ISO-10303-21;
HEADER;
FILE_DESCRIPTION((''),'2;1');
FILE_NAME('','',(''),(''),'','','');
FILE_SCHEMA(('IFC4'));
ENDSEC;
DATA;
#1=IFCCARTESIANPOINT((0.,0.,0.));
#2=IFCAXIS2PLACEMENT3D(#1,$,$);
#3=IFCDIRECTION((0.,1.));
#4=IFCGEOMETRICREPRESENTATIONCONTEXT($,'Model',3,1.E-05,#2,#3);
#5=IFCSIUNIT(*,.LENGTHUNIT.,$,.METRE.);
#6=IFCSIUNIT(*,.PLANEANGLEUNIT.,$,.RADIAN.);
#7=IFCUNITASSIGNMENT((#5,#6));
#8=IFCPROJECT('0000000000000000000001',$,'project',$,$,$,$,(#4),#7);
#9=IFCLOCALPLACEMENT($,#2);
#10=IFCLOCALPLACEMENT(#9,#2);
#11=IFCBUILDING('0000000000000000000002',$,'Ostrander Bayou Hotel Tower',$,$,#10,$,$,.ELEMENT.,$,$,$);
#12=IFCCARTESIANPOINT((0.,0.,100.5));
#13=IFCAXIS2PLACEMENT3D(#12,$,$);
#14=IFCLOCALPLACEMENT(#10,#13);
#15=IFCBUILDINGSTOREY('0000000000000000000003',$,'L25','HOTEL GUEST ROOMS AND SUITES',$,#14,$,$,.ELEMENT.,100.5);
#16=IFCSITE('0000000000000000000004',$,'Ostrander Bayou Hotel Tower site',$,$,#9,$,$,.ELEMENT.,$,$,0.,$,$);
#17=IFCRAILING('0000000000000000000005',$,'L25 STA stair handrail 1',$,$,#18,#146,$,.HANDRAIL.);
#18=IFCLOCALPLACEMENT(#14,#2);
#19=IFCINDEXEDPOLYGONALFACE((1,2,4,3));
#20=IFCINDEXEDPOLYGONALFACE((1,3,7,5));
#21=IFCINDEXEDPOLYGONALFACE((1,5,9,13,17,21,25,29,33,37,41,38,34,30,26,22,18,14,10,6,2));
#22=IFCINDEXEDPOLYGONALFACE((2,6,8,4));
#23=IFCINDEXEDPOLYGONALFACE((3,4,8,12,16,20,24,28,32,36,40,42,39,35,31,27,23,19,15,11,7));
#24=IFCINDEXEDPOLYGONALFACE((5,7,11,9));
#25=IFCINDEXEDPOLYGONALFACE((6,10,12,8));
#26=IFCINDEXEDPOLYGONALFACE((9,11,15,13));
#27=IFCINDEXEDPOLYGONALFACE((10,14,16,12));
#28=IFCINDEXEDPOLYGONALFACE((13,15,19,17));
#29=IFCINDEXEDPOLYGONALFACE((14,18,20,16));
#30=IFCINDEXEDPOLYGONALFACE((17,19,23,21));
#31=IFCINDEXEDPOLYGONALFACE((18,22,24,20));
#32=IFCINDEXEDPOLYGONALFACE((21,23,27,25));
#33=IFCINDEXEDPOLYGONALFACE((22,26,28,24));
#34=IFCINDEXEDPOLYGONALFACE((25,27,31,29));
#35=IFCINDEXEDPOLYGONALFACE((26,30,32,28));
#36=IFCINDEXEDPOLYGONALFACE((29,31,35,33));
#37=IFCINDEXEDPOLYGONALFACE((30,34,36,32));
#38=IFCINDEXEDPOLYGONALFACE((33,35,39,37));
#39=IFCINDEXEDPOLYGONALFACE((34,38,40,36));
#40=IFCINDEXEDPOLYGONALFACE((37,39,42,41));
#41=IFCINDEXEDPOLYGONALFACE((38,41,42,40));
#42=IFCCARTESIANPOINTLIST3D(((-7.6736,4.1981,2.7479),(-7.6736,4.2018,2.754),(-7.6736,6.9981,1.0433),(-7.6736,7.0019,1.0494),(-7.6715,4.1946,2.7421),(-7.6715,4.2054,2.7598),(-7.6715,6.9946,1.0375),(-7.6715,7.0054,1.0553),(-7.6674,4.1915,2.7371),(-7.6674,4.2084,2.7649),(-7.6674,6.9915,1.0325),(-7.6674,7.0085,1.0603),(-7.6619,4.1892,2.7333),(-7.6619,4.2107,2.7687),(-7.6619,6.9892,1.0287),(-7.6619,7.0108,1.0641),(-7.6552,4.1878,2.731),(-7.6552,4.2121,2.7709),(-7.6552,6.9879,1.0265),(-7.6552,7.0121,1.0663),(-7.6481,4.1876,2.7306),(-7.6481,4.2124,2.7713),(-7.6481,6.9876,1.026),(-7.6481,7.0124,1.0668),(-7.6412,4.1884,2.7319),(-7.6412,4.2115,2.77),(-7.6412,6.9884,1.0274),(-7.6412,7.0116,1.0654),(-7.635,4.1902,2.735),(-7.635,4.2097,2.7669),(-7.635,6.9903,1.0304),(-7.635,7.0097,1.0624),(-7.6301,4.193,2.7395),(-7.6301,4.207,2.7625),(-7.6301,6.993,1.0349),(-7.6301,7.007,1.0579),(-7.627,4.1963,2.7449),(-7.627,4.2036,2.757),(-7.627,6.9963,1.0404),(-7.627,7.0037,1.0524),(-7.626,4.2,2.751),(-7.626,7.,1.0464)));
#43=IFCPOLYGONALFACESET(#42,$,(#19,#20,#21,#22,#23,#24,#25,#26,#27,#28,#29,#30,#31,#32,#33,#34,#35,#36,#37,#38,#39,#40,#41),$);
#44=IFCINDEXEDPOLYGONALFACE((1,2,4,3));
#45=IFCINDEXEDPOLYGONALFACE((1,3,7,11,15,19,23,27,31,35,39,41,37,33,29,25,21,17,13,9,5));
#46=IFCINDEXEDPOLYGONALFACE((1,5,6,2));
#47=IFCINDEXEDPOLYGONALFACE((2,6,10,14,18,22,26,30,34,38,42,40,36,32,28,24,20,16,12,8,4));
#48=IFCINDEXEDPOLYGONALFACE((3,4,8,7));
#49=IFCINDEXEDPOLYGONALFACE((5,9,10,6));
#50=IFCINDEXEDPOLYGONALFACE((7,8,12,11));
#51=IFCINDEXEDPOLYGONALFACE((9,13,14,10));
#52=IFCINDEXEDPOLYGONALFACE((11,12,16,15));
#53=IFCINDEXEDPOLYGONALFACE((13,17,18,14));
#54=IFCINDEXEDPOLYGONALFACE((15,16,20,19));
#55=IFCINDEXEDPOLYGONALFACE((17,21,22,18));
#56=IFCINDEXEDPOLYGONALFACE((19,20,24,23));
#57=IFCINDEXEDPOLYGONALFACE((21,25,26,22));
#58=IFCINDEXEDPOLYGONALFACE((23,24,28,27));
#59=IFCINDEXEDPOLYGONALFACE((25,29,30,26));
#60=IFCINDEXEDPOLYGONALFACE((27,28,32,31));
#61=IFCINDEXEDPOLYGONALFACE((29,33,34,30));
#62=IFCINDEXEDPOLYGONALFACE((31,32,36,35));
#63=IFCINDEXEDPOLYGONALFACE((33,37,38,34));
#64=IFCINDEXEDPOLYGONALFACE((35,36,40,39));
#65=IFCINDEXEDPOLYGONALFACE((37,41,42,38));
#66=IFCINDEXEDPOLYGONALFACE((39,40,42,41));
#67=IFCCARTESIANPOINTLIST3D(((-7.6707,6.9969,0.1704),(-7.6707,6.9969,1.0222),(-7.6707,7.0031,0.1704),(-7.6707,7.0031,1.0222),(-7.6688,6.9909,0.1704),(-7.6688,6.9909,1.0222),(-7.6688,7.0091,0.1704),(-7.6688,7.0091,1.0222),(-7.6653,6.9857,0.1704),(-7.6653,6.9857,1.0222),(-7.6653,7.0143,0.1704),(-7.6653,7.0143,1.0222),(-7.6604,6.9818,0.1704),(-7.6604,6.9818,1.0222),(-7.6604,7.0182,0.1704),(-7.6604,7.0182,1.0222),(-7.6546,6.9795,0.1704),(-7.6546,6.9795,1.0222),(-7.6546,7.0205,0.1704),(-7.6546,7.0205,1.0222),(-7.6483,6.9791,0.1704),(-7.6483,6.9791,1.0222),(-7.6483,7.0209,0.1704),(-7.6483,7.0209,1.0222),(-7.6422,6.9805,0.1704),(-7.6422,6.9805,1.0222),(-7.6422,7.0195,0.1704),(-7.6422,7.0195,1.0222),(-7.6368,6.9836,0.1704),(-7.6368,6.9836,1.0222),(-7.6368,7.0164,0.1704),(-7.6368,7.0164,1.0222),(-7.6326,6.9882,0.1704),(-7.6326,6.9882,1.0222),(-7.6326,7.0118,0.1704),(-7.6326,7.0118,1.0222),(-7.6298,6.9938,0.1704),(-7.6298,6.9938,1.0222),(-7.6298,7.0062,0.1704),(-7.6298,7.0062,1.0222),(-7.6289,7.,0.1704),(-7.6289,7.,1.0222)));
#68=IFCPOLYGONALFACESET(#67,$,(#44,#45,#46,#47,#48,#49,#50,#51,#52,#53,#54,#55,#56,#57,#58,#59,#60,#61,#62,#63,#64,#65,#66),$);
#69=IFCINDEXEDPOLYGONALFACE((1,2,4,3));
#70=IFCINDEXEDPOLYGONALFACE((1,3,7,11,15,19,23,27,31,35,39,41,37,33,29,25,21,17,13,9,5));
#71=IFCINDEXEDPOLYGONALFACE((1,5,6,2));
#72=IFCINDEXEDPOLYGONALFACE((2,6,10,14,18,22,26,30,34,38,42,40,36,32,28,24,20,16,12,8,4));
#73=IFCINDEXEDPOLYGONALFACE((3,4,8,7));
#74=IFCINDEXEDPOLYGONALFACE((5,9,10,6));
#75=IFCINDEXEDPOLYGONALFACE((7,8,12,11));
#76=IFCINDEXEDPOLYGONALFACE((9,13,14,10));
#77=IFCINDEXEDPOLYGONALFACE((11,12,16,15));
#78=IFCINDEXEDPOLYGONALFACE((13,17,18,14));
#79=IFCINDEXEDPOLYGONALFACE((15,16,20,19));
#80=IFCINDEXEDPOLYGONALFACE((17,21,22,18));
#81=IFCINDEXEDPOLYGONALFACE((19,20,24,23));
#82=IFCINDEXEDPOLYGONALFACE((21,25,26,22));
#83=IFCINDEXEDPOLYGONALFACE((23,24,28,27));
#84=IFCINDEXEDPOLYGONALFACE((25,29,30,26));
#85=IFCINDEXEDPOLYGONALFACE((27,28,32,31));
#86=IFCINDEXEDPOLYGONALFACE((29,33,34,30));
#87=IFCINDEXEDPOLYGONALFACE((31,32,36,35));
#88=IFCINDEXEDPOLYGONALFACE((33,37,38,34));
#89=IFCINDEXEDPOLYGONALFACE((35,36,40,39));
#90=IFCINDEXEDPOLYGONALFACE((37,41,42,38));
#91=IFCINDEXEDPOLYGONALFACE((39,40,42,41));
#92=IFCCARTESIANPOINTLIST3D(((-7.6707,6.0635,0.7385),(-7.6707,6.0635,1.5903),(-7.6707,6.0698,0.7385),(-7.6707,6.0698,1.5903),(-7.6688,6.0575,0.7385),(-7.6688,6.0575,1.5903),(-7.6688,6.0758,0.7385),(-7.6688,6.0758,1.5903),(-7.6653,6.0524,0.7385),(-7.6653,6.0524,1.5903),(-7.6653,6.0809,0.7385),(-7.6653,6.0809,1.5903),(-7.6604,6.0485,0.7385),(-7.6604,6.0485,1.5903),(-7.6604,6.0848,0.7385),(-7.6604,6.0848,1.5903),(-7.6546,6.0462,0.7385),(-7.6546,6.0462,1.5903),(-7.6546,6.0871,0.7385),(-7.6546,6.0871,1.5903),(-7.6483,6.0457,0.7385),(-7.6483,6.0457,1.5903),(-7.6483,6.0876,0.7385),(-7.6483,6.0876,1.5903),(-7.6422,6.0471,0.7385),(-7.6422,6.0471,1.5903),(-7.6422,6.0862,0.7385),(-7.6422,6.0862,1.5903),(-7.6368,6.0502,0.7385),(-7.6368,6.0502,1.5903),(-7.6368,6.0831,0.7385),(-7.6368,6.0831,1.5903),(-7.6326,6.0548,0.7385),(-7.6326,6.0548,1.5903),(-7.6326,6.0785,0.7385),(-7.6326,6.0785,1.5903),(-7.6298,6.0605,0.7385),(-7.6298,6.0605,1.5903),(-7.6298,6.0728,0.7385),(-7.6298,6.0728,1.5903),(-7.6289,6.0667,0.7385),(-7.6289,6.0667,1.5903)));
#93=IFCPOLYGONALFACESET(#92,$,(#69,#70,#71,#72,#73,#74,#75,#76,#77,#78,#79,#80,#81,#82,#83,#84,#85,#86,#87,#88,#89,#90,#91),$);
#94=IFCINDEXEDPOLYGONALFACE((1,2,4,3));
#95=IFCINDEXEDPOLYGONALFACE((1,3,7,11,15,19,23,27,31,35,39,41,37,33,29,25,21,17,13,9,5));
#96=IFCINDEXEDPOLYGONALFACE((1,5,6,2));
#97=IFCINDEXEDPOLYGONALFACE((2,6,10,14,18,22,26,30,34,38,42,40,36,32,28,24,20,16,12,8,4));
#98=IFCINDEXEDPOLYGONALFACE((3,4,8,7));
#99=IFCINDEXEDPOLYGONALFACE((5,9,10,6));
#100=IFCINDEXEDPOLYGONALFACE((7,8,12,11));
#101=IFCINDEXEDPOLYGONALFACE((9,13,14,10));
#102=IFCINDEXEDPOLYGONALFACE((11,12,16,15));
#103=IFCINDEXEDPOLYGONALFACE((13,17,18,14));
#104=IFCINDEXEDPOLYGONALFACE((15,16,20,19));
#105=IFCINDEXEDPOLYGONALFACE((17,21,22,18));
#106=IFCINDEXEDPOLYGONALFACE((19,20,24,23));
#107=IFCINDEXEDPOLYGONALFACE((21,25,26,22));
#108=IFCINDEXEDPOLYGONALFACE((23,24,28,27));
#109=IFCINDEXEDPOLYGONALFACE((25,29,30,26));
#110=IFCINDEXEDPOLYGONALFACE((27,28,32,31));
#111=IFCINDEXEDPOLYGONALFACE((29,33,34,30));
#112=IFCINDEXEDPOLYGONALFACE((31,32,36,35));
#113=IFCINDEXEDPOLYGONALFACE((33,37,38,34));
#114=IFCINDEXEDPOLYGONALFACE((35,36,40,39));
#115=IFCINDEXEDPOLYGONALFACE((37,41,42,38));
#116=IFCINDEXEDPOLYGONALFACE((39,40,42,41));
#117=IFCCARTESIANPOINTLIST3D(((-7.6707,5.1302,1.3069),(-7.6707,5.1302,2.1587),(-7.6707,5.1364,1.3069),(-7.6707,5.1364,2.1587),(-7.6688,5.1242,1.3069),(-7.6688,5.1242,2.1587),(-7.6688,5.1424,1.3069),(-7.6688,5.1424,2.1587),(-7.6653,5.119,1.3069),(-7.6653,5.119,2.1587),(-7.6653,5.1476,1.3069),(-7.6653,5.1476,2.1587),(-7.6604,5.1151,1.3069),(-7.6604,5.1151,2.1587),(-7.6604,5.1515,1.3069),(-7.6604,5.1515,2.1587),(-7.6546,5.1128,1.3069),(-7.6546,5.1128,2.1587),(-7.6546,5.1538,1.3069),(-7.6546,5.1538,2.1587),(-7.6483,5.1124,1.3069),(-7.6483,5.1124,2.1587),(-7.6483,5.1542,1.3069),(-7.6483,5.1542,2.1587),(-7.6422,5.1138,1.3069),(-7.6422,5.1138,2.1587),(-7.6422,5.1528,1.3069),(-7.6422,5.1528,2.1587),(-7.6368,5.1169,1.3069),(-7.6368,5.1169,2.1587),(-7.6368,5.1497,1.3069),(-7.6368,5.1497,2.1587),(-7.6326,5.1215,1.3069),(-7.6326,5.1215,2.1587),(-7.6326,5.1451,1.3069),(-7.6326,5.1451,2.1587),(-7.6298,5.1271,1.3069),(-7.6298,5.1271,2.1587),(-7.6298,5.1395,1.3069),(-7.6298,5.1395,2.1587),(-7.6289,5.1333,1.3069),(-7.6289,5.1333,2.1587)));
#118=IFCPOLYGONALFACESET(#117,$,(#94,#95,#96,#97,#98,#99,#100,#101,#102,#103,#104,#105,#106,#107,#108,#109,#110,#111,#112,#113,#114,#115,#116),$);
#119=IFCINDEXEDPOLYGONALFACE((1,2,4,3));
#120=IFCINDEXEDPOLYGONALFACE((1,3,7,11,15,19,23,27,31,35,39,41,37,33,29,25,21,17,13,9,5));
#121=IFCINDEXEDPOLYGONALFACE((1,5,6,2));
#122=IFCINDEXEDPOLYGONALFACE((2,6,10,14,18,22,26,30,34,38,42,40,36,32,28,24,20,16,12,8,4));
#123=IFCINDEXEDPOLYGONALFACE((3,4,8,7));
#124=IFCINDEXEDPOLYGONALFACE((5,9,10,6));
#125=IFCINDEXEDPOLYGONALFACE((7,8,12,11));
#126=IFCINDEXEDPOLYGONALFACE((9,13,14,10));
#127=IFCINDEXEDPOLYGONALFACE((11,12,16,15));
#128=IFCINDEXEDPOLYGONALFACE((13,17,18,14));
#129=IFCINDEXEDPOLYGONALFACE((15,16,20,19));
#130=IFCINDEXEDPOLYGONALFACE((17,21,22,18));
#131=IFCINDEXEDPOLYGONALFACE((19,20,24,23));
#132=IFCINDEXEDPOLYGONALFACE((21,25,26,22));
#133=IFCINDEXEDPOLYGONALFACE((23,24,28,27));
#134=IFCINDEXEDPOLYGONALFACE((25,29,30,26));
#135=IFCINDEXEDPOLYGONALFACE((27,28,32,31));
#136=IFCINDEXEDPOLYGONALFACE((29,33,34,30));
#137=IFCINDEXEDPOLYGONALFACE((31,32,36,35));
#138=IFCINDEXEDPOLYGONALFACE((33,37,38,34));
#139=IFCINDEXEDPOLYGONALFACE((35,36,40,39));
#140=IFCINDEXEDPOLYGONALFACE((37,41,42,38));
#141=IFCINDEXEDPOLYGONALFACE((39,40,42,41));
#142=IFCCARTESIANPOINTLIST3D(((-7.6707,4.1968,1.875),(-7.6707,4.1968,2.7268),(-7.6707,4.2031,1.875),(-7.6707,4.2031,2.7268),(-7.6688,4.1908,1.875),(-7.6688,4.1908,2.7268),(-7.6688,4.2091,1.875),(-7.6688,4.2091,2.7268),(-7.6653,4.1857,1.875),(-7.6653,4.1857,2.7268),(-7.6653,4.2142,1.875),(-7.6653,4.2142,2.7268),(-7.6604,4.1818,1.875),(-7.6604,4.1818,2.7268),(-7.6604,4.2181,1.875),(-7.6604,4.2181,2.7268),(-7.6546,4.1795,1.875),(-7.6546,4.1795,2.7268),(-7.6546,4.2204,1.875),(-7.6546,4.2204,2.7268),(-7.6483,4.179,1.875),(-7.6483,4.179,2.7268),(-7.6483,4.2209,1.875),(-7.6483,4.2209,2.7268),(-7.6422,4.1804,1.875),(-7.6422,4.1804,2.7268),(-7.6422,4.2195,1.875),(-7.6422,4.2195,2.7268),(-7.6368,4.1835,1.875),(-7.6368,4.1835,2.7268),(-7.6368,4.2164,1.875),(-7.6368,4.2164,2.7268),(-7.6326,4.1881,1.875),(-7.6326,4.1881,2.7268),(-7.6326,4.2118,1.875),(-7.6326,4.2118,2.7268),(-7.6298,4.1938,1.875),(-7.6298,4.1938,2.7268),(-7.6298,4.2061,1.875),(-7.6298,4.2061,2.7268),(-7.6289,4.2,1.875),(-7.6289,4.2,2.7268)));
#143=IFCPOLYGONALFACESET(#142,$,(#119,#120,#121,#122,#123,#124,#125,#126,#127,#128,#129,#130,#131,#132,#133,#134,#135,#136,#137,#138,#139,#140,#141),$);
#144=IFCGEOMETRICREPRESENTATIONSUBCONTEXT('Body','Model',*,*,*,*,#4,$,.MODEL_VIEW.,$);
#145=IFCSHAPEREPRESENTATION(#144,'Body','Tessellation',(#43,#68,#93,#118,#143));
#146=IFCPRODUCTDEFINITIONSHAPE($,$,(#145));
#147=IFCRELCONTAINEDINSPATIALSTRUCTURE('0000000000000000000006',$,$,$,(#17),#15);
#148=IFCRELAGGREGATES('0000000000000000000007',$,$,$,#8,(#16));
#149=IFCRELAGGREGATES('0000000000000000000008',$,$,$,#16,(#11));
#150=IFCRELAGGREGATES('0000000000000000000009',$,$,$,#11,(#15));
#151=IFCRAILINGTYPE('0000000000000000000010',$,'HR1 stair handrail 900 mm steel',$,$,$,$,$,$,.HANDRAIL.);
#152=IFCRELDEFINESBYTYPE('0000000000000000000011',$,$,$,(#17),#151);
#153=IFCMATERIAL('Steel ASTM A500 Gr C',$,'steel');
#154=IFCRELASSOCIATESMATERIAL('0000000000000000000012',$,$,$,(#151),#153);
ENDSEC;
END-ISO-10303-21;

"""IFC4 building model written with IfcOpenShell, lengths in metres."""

from ifc_helpers import new_model, si_unit, direction, frame, origin, origin_2d, place, context, subcontext, project, spatial, circle, extrude, material, type_object, element, save


model = new_model("IFC4")

# Units and contexts
model_context = context("Model", 3, precision=1e-05, world=origin(), true_north=direction((0.0, 1.0)))
body_context = subcontext(model_context, "Body", "Model", "MODEL_VIEW")
ifc_project = project(units=[si_unit("LENGTHUNIT", "METRE"), si_unit("PLANEANGLEUNIT", "RADIAN")], contexts=[model_context])

# Site, building, storey
site_placement = place(None, origin())
site = spatial("IfcSite", under=ifc_project, at=site_placement, Name="Ostrander Bayou Hotel Tower site", CompositionType="ELEMENT", RefElevation=0.0)
building_placement = place(site_placement, origin())
building = spatial("IfcBuilding", under=site, at=building_placement, Name="Ostrander Bayou Hotel Tower", CompositionType="ELEMENT")
storey_placement = place(building_placement, frame((0.0, 0.0, 100.5)))
storey = spatial("IfcBuildingStorey", under=building, at=storey_placement, Name="L25", Description="HOTEL GUEST ROOMS AND SUITES", CompositionType="ELEMENT", Elevation=100.5)

# Railing
ifc_material_1 = material(Name="Steel ASTM A500 Gr C", Category="steel")
railing_type_1 = type_object("IfcRailingType", Name="HR1 stair handrail 900 mm steel", PredefinedType="HANDRAIL", material=ifc_material_1)
railing_1_placement = place(storey_placement, frame((-7.6499, 7.0, 0.1704)))
element("IfcRailing", 1, at=railing_1_placement, inside=storey, type_object=railing_type_1, Name="L25 STA stair handrail 1", PredefinedType="HANDRAIL", context=body_context, shape_type="SweptSolid", body=[
    extrude(circle(Radius=0.0239, at=origin_2d()), frame((0.0, 0.0, 0.876), z_axis=(0.0, -0.85417, 0.519994), x_axis=(1.0, 0.0, 0.0)), (0.0, 0.0, 1.0), 3.2781),
    extrude(circle(Radius=0.021, at=origin_2d()), origin(), (0.0, 0.0, 1.0), 0.8518),
    extrude(circle(Radius=0.021, at=origin_2d()), frame((0.0, -0.9333, 0.5681)), (0.0, 0.0, 1.0), 0.8518),
    extrude(circle(Radius=0.021, at=origin_2d()), frame((0.0, -1.8667, 1.1365)), (0.0, 0.0, 1.0), 0.8518),
    extrude(circle(Radius=0.021, at=origin_2d()), frame((0.0, -2.8, 1.7046)), (0.0, 0.0, 1.0), 0.8518),
])

save(model, "model.ifc")
